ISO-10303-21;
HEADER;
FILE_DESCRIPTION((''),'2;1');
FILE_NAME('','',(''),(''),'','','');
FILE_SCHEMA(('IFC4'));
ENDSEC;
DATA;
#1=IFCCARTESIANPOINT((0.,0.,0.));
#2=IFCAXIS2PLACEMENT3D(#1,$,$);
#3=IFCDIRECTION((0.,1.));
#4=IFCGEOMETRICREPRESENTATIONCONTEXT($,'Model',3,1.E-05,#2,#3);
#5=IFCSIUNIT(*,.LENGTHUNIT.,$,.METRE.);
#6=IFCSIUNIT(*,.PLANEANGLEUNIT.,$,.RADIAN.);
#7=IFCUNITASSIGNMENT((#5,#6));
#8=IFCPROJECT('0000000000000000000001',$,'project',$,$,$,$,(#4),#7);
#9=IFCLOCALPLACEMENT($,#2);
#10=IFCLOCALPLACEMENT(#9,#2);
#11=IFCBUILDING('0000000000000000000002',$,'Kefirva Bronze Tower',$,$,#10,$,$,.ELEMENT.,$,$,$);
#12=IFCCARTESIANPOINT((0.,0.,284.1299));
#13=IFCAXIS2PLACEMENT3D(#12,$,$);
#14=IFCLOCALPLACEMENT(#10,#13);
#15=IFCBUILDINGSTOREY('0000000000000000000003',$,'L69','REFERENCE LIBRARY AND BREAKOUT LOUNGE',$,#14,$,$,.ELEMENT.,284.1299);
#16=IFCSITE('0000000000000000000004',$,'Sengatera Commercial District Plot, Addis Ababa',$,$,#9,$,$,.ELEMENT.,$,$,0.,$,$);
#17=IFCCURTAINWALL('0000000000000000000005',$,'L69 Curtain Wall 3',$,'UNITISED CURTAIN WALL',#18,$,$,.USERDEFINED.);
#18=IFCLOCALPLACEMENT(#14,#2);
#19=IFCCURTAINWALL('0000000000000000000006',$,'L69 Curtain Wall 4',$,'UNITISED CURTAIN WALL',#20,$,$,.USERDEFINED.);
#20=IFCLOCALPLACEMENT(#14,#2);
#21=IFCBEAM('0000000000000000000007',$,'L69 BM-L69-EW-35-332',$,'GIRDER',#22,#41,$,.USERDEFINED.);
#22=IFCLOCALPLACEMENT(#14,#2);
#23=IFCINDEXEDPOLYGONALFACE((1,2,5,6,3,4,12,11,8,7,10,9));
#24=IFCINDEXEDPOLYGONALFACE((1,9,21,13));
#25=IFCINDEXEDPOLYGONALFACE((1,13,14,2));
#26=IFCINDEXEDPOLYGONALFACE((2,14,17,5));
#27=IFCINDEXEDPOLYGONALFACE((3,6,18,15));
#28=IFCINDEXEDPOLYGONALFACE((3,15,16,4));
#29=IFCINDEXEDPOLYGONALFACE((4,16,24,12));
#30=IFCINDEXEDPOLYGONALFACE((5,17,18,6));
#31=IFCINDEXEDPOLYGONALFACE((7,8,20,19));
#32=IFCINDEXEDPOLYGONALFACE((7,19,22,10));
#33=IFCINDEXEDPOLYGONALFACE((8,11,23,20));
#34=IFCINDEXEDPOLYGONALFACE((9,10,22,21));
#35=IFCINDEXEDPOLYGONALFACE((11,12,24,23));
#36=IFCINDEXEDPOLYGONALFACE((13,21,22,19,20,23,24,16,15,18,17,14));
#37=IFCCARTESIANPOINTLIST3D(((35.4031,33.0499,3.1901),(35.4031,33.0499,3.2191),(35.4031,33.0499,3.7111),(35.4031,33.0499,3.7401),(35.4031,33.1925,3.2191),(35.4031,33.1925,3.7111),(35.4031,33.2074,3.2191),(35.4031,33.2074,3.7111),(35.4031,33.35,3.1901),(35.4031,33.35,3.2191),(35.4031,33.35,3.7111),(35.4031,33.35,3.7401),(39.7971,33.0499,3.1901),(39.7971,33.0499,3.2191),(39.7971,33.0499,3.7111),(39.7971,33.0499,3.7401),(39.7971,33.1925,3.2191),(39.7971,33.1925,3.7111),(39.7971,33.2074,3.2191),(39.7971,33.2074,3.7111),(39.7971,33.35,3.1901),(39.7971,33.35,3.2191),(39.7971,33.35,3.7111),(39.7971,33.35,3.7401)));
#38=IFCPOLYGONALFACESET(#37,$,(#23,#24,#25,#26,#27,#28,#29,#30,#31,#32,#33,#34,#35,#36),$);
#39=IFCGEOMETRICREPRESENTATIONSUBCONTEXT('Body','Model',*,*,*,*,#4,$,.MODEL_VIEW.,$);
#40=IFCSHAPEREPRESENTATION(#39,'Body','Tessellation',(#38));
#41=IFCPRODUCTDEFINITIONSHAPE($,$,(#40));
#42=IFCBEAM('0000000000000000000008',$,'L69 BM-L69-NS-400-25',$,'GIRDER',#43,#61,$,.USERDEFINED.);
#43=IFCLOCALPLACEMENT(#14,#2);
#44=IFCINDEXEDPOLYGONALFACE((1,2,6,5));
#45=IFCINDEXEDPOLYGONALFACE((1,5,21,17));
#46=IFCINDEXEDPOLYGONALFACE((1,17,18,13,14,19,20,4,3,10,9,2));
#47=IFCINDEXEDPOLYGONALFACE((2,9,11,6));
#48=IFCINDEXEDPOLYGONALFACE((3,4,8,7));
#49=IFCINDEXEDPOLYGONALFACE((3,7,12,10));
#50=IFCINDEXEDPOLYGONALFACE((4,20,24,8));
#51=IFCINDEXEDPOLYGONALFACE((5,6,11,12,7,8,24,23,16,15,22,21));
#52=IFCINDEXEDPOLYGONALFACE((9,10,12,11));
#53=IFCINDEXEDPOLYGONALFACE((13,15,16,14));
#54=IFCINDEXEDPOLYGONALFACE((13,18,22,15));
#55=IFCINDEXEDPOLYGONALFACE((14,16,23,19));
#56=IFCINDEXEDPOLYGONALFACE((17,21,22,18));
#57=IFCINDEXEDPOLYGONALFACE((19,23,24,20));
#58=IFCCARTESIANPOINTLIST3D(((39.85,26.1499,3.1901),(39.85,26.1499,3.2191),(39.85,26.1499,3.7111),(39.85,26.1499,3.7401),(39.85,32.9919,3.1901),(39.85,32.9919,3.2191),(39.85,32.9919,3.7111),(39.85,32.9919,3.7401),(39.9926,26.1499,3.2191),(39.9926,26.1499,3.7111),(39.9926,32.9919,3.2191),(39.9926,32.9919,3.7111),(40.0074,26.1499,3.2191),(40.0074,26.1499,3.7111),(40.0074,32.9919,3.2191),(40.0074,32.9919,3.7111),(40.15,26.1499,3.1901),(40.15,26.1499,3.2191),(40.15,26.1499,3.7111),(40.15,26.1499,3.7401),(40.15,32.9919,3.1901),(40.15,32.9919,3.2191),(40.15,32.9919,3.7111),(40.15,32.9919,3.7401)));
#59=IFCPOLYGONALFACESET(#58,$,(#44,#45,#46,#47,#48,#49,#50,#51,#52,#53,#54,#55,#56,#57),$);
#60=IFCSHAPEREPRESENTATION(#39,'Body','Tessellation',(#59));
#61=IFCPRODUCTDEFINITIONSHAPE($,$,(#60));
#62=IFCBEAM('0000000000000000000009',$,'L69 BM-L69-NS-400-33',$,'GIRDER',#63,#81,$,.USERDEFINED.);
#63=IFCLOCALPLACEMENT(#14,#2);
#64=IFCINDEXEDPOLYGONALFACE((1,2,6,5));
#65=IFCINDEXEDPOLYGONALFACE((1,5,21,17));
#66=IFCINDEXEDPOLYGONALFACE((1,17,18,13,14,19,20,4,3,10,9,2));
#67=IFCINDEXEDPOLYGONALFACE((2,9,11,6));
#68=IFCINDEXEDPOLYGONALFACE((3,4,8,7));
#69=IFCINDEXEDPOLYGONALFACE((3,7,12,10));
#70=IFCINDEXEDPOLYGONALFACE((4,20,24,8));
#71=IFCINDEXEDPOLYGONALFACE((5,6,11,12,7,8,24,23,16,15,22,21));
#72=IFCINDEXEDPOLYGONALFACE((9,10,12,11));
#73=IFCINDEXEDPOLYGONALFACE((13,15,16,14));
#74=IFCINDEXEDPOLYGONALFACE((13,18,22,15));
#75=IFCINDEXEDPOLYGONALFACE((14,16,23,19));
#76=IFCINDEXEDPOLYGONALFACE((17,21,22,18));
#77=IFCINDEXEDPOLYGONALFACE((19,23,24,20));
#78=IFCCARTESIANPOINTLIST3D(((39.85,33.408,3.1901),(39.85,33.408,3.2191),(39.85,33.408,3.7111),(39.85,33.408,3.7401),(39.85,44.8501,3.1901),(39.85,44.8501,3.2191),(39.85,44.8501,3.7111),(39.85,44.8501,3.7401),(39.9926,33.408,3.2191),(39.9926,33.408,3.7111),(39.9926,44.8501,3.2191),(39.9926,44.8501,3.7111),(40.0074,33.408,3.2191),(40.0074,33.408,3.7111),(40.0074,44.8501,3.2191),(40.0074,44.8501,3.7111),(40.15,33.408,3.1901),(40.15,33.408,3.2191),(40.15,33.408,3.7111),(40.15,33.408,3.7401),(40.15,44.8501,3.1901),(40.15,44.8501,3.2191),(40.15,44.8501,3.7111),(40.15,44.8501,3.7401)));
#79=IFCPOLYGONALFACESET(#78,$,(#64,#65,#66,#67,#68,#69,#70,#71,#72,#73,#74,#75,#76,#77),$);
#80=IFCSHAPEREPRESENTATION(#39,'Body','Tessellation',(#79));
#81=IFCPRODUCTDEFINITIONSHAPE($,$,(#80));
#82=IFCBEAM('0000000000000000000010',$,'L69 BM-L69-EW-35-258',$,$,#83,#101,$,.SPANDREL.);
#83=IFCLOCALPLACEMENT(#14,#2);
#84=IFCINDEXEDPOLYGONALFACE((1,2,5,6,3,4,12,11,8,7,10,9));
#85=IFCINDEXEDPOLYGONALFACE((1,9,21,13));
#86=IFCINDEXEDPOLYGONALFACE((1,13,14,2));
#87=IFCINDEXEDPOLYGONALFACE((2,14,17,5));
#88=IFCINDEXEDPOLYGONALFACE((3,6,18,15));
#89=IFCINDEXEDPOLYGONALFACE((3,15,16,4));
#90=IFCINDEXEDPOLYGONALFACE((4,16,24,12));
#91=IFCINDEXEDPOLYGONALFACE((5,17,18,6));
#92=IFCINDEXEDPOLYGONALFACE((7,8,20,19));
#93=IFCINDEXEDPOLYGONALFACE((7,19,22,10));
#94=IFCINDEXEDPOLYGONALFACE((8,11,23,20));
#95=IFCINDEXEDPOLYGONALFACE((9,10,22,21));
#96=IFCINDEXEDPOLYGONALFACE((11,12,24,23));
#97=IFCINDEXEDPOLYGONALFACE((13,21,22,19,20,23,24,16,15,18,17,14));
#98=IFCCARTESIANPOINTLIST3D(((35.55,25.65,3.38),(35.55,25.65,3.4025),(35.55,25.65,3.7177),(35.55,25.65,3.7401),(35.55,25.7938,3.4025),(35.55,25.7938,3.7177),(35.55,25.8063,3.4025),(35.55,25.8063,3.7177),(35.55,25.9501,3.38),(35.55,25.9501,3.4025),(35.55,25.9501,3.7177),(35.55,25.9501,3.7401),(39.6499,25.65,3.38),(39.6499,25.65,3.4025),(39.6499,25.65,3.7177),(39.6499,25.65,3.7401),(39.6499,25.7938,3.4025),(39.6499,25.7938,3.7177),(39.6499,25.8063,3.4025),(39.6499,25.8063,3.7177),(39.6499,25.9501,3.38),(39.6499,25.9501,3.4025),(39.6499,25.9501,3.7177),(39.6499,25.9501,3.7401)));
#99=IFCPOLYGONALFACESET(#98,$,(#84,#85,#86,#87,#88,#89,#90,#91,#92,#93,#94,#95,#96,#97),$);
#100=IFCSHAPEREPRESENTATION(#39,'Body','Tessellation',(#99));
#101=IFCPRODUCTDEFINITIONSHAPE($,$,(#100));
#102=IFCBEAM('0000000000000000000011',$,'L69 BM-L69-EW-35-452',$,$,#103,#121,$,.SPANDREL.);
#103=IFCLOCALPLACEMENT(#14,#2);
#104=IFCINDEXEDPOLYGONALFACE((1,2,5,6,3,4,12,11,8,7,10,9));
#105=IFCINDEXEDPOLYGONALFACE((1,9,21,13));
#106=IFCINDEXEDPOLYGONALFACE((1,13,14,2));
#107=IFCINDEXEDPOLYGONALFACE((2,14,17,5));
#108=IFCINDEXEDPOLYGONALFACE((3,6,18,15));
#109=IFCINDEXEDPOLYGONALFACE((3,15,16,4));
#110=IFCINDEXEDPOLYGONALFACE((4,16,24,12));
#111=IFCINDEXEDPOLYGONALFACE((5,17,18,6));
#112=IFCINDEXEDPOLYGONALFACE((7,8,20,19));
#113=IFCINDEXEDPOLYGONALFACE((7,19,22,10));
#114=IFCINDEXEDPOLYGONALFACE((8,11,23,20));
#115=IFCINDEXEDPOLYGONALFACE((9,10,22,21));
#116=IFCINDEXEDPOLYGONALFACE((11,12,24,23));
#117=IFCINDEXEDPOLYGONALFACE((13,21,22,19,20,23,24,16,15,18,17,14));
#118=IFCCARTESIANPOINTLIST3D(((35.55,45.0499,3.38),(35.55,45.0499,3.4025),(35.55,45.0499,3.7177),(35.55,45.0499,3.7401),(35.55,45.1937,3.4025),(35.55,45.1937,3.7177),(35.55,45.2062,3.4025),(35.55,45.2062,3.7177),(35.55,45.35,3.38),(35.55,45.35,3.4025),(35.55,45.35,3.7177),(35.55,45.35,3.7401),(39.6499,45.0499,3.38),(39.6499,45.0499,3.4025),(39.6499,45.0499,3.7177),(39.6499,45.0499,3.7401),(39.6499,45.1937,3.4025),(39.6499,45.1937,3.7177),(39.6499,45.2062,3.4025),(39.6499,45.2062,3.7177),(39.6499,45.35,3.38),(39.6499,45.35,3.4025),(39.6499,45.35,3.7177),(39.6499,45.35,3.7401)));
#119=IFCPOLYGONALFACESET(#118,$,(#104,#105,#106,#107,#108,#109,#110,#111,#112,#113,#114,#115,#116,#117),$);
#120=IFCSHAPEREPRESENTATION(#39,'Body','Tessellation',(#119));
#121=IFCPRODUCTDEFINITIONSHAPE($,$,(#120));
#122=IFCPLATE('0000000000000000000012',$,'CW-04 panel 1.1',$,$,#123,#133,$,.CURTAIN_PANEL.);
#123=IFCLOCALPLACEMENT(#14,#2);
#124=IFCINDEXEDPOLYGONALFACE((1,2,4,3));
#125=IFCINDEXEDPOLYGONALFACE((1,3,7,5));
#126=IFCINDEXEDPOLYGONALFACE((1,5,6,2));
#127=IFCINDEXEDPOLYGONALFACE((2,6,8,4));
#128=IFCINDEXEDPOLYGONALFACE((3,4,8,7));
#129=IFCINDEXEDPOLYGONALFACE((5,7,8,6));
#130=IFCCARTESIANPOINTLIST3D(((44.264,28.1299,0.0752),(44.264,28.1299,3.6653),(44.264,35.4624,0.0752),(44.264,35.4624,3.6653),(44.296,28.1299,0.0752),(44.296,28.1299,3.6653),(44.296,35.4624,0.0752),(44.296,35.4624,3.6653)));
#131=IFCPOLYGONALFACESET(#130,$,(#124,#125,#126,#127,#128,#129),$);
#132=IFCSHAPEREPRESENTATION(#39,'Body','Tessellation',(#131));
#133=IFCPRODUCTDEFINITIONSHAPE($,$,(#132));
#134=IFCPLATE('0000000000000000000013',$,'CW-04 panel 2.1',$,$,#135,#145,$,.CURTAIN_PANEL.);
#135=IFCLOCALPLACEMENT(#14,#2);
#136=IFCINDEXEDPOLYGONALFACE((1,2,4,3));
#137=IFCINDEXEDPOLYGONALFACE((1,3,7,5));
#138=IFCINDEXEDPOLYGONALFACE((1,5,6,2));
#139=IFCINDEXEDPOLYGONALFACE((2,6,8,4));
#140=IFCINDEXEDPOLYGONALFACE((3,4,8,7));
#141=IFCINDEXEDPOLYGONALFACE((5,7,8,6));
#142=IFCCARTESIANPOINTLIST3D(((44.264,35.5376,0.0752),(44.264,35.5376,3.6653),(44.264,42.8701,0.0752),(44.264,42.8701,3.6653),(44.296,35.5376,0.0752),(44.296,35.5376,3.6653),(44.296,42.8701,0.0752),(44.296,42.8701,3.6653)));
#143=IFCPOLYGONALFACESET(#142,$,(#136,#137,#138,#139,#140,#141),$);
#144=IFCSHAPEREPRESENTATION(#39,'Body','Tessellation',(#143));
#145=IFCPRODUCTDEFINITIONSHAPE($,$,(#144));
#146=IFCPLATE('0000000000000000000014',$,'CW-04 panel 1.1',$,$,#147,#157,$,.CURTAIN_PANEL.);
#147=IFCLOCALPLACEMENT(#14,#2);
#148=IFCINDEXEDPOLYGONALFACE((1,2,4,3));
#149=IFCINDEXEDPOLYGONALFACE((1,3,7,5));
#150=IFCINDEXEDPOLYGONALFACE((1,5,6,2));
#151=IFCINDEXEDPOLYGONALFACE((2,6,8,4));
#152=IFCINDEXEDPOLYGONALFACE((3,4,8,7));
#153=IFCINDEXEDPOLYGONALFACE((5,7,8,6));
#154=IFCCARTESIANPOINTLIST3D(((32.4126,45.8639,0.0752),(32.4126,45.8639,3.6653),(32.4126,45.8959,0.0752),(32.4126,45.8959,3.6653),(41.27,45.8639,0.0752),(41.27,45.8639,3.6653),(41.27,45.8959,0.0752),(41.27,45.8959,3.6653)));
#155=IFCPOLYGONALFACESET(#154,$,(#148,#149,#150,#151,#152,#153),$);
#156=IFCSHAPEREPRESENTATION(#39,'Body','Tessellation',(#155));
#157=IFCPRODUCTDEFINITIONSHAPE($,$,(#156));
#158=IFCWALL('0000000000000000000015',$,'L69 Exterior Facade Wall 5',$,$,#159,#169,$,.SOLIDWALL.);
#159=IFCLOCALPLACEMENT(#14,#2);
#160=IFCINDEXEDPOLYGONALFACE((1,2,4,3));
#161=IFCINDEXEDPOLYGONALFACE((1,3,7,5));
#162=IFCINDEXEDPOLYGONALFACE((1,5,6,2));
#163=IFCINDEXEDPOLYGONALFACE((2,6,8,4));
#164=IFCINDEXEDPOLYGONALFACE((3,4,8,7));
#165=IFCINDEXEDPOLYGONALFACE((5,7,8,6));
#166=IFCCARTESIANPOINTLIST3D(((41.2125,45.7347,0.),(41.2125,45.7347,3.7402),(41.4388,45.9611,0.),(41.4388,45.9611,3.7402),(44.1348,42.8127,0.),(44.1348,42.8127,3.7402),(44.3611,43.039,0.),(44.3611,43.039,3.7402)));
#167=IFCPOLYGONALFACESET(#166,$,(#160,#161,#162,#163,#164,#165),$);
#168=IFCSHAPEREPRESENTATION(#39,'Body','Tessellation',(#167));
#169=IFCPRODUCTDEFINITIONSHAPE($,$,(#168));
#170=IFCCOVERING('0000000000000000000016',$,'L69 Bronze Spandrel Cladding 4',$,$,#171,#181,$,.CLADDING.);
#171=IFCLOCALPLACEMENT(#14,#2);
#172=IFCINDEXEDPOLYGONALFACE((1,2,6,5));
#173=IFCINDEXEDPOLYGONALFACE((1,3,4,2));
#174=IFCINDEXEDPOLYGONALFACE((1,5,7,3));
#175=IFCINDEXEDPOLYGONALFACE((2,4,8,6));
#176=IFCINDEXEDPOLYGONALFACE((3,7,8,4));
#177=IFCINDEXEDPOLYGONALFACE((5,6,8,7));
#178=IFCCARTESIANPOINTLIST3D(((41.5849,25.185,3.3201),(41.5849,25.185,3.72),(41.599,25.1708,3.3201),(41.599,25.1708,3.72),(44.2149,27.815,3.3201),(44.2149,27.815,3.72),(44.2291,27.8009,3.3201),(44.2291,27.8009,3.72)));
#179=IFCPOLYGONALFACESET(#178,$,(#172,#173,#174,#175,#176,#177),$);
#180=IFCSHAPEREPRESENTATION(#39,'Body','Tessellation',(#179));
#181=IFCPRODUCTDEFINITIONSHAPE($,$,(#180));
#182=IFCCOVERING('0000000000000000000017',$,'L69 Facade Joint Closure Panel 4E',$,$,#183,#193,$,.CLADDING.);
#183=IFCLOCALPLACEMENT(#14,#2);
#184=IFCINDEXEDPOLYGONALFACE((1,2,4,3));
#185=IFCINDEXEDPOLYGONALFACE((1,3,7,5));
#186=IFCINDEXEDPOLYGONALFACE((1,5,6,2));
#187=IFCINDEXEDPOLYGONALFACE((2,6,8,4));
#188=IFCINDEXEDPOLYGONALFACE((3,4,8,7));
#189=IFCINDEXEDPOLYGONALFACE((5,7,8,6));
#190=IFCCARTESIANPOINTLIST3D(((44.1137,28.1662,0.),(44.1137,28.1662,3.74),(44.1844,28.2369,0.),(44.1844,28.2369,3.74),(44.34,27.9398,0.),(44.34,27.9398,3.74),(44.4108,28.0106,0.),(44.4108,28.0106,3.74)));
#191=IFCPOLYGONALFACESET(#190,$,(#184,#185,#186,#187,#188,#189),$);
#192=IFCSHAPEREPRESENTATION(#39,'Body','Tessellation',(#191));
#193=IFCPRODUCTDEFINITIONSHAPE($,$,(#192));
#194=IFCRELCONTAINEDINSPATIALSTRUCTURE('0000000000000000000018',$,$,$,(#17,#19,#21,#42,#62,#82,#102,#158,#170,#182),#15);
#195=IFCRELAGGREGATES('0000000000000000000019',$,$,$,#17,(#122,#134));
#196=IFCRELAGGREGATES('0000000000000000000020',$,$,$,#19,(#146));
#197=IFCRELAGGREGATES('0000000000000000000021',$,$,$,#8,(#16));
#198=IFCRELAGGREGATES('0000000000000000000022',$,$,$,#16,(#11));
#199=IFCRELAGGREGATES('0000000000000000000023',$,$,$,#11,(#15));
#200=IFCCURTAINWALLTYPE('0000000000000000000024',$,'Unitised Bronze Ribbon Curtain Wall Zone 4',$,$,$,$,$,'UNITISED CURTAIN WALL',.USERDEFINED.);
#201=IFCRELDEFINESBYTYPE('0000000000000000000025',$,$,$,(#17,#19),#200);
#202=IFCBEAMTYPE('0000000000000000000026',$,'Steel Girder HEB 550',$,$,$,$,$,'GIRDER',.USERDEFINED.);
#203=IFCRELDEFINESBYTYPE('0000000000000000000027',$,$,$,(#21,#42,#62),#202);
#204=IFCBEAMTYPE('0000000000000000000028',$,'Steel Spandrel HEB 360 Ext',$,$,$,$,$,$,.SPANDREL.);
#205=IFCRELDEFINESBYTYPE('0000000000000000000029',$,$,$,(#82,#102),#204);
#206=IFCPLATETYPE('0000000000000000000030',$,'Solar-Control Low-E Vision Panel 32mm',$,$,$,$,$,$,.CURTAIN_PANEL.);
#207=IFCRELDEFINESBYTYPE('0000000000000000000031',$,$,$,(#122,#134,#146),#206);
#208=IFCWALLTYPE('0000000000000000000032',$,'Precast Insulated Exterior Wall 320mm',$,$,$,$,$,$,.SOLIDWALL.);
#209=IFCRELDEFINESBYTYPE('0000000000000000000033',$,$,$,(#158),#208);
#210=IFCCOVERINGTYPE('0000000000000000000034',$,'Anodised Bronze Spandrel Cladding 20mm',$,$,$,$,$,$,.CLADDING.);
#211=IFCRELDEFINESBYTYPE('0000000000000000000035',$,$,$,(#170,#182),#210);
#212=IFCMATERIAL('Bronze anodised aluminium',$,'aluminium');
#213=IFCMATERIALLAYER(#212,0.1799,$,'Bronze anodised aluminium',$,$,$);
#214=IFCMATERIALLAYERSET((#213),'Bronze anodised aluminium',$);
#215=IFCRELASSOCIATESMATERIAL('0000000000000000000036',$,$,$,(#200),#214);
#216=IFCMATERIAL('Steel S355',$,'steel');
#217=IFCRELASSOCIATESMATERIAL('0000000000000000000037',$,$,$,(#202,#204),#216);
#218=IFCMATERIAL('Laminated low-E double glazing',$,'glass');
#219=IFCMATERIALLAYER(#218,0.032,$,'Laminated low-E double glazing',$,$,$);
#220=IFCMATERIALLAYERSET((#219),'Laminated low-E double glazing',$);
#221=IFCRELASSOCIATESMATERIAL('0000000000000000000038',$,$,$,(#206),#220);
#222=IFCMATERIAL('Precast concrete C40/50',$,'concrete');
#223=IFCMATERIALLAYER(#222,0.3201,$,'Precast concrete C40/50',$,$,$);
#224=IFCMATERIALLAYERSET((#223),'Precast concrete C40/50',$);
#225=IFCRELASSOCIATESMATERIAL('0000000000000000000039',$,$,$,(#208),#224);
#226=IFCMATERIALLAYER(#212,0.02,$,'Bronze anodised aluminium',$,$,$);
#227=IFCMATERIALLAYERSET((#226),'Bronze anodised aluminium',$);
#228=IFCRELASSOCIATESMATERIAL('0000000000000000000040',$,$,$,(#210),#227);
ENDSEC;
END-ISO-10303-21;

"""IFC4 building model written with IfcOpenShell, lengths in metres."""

from ifc_helpers import new_model, si_unit, direction, frame, frame_2d, origin, origin_2d, place, context, subcontext, project, spatial, rectangle, i_section, extrude, material, layer, layer_set, material_profile, profile_set, type_object, element, aggregate, save


model = new_model("IFC4")

# Units and contexts
model_context = context("Model", 3, precision=1e-05, world=origin(), true_north=direction((0.0, 1.0)))
body_context = subcontext(model_context, "Body", "Model", "MODEL_VIEW")
ifc_project = project(units=[si_unit("LENGTHUNIT", "METRE"), si_unit("PLANEANGLEUNIT", "RADIAN")], contexts=[model_context])

# Site, building, storey
site_placement = place(None, origin())
site = spatial("IfcSite", under=ifc_project, at=site_placement, Name="Sengatera Commercial District Plot, Addis Ababa", CompositionType="ELEMENT", RefElevation=0.0)
building_placement = place(site_placement, origin())
building = spatial("IfcBuilding", under=site, at=building_placement, Name="Kefirva Bronze Tower", CompositionType="ELEMENT")
storey_placement = place(building_placement, frame((0.0, 0.0, 284.1299)))
storey = spatial("IfcBuildingStorey", under=building, at=storey_placement, Name="L69", Description="REFERENCE LIBRARY AND BREAKOUT LOUNGE", CompositionType="ELEMENT", Elevation=284.1299)

# Curtain wall
ifc_material_1 = material(Name="Bronze anodised aluminium", Category="aluminium")
ifc_layer_1 = layer(ifc_material_1, 0.1799, Name="Bronze anodised aluminium")
ifc_layer_set_1 = layer_set([ifc_layer_1], Name="Bronze anodised aluminium")
curtain_wall_type = type_object("IfcCurtainWallType", Name="Unitised Bronze Ribbon Curtain Wall Zone 4", ElementType="UNITISED CURTAIN WALL", PredefinedType="USERDEFINED", material=ifc_layer_set_1)
curtain_wall_1_placement = place(storey_placement, origin())
curtain_wall_1 = element("IfcCurtainWall", 1, at=curtain_wall_1_placement, inside=storey, type_object=curtain_wall_type, Name="L69 Curtain Wall 3", ObjectType="UNITISED CURTAIN WALL", PredefinedType="USERDEFINED")

# Curtain wall
curtain_wall_2_placement = place(storey_placement, origin())
curtain_wall_2 = element("IfcCurtainWall", 2, at=curtain_wall_2_placement, inside=storey, type_object=curtain_wall_type, Name="L69 Curtain Wall 4", ObjectType="UNITISED CURTAIN WALL", PredefinedType="USERDEFINED")

# Beams
ifc_material_2 = material(Name="Steel S355", Category="steel")
ifc_material_profile_1 = material_profile(ifc_material_2, i_section(OverallWidth=0.3, OverallDepth=0.55, WebThickness=0.0149, FlangeThickness=0.0291, at=origin_2d()), Name="HEB 550")
ifc_profile_set_1 = profile_set([ifc_material_profile_1], Name="Steel S355")
beam_type_1 = type_object("IfcBeamType", Name="Steel Girder HEB 550", ElementType="GIRDER", PredefinedType="USERDEFINED", material=ifc_profile_set_1)
beam_1_placement = place(storey_placement, frame((35.4031, 33.2, 3.4651), z_axis=(1.0, 0.0, 0.0), x_axis=(0.0, 1.0, 0.0)))
element("IfcBeam", 3, at=beam_1_placement, inside=storey, type_object=beam_type_1, Name="L69 BM-L69-EW-35-332", ObjectType="GIRDER", PredefinedType="USERDEFINED", context=body_context, shape_type="SweptSolid", body=[
    extrude(i_section(OverallWidth=0.3, OverallDepth=0.55, WebThickness=0.0149, FlangeThickness=0.0291, at=origin_2d()), origin(), (0.0, 0.0, 1.0), 4.394),
])
beam_2_placement = place(storey_placement, frame((40.0, 26.1499, 3.4651), z_axis=(0.0, 1.0, 0.0), x_axis=(-1.0, 0.0, 0.0)))
element("IfcBeam", 4, at=beam_2_placement, inside=storey, type_object=beam_type_1, Name="L69 BM-L69-NS-400-25", ObjectType="GIRDER", PredefinedType="USERDEFINED", context=body_context, shape_type="SweptSolid", body=[
    extrude(i_section(OverallWidth=0.3, OverallDepth=0.55, WebThickness=0.0149, FlangeThickness=0.0291, at=origin_2d()), origin(), (0.0, 0.0, 1.0), 6.842),
])
beam_3_placement = place(storey_placement, frame((40.0, 33.408, 3.4651), z_axis=(0.0, 1.0, 0.0), x_axis=(-1.0, 0.0, 0.0)))
element("IfcBeam", 5, at=beam_3_placement, inside=storey, type_object=beam_type_1, Name="L69 BM-L69-NS-400-33", ObjectType="GIRDER", PredefinedType="USERDEFINED", context=body_context, shape_type="SweptSolid", body=[
    extrude(i_section(OverallWidth=0.3, OverallDepth=0.55, WebThickness=0.0149, FlangeThickness=0.0291, at=origin_2d()), origin(), (0.0, 0.0, 1.0), 11.4421),
])
ifc_material_profile_2 = material_profile(ifc_material_2, i_section(OverallWidth=0.3, OverallDepth=0.3601, WebThickness=0.0125, FlangeThickness=0.0225, at=origin_2d()), Name="HEB 360")
ifc_profile_set_2 = profile_set([ifc_material_profile_2], Name="Steel S355")
beam_type_2 = type_object("IfcBeamType", Name="Steel Spandrel HEB 360 Ext", PredefinedType="SPANDREL", material=ifc_profile_set_2)
for number, where, z_axis, x_axis, name in (
    (6, (35.55, 25.8, 3.5601), (1.0, 0.0, 0.0), (0.0, 1.0, 0.0), "L69 BM-L69-EW-35-258"),
    (7, (35.55, 45.2, 3.5601), (1.0, 0.0, 0.0), (0.0, 1.0, 0.0), "L69 BM-L69-EW-35-452"),
):
    element("IfcBeam", number, at=place(storey_placement, frame(where, z_axis=z_axis, x_axis=x_axis)), inside=storey, type_object=beam_type_2, Name=name, PredefinedType="SPANDREL", context=body_context, shape_type="SweptSolid", body=[
        extrude(i_section(OverallWidth=0.3, OverallDepth=0.3601, WebThickness=0.0125, FlangeThickness=0.0225, at=origin_2d()), origin(), (0.0, 0.0, 1.0), 4.0999),
    ])

# Plates
ifc_material_3 = material(Name="Laminated low-E double glazing", Category="glass")
ifc_layer_2 = layer(ifc_material_3, 0.032, Name="Laminated low-E double glazing")
ifc_layer_set_2 = layer_set([ifc_layer_2], Name="Laminated low-E double glazing")
plate_type = type_object("IfcPlateType", Name="Solar-Control Low-E Vision Panel 32mm", PredefinedType="CURTAIN_PANEL", material=ifc_layer_set_2)
plate_1_placement = place(storey_placement, frame((44.28, 31.7961, 0.0752), z_axis=(0.0, 0.0, 1.0), x_axis=(0.0, 1.0, 0.0)))
plate_1 = element("IfcPlate", 8, at=plate_1_placement, type_object=plate_type, Name="CW-04 panel 1.1", PredefinedType="CURTAIN_PANEL", context=body_context, shape_type="SweptSolid", body=[
    extrude(rectangle(XDim=7.3325, YDim=0.032, at=origin_2d()), origin(), (0.0, 0.0, 1.0), 3.5901),
])
plate_2_placement = place(storey_placement, frame((44.28, 39.2039, 0.0752), z_axis=(0.0, 0.0, 1.0), x_axis=(0.0, 1.0, 0.0)))
plate_2 = element("IfcPlate", 9, at=plate_2_placement, type_object=plate_type, Name="CW-04 panel 2.1", PredefinedType="CURTAIN_PANEL", context=body_context, shape_type="SweptSolid", body=[
    extrude(rectangle(XDim=7.3325, YDim=0.032, at=origin_2d()), origin(), (0.0, 0.0, 1.0), 3.5901),
])
aggregate(curtain_wall_1, [plate_1, plate_2])
plate_3_placement = place(storey_placement, frame((36.8413, 45.8799, 0.0752), z_axis=(0.0, 0.0, 1.0), x_axis=(-1.0, 0.0, 0.0)))
plate_3 = element("IfcPlate", 10, at=plate_3_placement, type_object=plate_type, Name="CW-04 panel 1.1", PredefinedType="CURTAIN_PANEL", context=body_context, shape_type="SweptSolid", body=[
    extrude(rectangle(XDim=8.8574, YDim=0.032, at=origin_2d()), origin(), (0.0, 0.0, 1.0), 3.5901),
])
aggregate(curtain_wall_2, [plate_3])

# Wall
ifc_material_4 = material(Name="Precast concrete C40/50", Category="concrete")
ifc_layer_3 = layer(ifc_material_4, 0.3201, Name="Precast concrete C40/50")
ifc_layer_set_3 = layer_set([ifc_layer_3], Name="Precast concrete C40/50")
wall_type = type_object("IfcWallType", Name="Precast Insulated Exterior Wall 320mm", PredefinedType="SOLIDWALL", material=ifc_layer_set_3)
wall_placement = place(storey_placement, frame((44.248, 42.9258, 0.0), z_axis=(0.0, 0.0, 1.0), x_axis=(-0.707136, 0.707077, 0.0)))
element("IfcWall", 11, at=wall_placement, inside=storey, type_object=wall_type, Name="L69 Exterior Facade Wall 5", PredefinedType="SOLIDWALL", context=body_context, shape_type="SweptSolid", body=[
    extrude(rectangle(XDim=4.1326, YDim=0.3201, at=frame_2d((2.0664, 0.0))), origin(), (0.0, 0.0, 1.0), 3.7402),
])

# Coverings
ifc_layer_4 = layer(ifc_material_1, 0.02, Name="Bronze anodised aluminium")
ifc_layer_set_4 = layer_set([ifc_layer_4], Name="Bronze anodised aluminium")
covering_type_1 = type_object("IfcCoveringType", Name="Anodised Bronze Spandrel Cladding 20mm", PredefinedType="CLADDING", material=ifc_layer_set_4)
covering_1_placement = place(storey_placement, frame((42.907, 26.4929, 3.3201), z_axis=(0.0, 0.0, 1.0), x_axis=(0.707107, 0.707107, 0.0)))
element("IfcCovering", 12, at=covering_1_placement, inside=storey, type_object=covering_type_1, Name="L69 Bronze Spandrel Cladding 4", PredefinedType="CLADDING", context=body_context, shape_type="SweptSolid", body=[
    extrude(rectangle(XDim=3.7195, YDim=0.02, at=origin_2d()), origin(), (0.0, 0.0, 1.0), 0.3999),
])
covering_2_placement = place(storey_placement, frame((44.2622, 28.0884, 0.0), z_axis=(0.0, 0.0, 1.0), x_axis=(0.707107, 0.707107, 0.0)))
element("IfcCovering", 13, at=covering_2_placement, inside=storey, type_object=covering_type_1, Name="L69 Facade Joint Closure Panel 4E", PredefinedType="CLADDING", context=body_context, shape_type="SweptSolid", body=[
    extrude(rectangle(XDim=0.1001, YDim=0.3201, at=origin_2d()), origin(), (0.0, 0.0, 1.0), 3.74),
])

save(model, "model.ifc")
